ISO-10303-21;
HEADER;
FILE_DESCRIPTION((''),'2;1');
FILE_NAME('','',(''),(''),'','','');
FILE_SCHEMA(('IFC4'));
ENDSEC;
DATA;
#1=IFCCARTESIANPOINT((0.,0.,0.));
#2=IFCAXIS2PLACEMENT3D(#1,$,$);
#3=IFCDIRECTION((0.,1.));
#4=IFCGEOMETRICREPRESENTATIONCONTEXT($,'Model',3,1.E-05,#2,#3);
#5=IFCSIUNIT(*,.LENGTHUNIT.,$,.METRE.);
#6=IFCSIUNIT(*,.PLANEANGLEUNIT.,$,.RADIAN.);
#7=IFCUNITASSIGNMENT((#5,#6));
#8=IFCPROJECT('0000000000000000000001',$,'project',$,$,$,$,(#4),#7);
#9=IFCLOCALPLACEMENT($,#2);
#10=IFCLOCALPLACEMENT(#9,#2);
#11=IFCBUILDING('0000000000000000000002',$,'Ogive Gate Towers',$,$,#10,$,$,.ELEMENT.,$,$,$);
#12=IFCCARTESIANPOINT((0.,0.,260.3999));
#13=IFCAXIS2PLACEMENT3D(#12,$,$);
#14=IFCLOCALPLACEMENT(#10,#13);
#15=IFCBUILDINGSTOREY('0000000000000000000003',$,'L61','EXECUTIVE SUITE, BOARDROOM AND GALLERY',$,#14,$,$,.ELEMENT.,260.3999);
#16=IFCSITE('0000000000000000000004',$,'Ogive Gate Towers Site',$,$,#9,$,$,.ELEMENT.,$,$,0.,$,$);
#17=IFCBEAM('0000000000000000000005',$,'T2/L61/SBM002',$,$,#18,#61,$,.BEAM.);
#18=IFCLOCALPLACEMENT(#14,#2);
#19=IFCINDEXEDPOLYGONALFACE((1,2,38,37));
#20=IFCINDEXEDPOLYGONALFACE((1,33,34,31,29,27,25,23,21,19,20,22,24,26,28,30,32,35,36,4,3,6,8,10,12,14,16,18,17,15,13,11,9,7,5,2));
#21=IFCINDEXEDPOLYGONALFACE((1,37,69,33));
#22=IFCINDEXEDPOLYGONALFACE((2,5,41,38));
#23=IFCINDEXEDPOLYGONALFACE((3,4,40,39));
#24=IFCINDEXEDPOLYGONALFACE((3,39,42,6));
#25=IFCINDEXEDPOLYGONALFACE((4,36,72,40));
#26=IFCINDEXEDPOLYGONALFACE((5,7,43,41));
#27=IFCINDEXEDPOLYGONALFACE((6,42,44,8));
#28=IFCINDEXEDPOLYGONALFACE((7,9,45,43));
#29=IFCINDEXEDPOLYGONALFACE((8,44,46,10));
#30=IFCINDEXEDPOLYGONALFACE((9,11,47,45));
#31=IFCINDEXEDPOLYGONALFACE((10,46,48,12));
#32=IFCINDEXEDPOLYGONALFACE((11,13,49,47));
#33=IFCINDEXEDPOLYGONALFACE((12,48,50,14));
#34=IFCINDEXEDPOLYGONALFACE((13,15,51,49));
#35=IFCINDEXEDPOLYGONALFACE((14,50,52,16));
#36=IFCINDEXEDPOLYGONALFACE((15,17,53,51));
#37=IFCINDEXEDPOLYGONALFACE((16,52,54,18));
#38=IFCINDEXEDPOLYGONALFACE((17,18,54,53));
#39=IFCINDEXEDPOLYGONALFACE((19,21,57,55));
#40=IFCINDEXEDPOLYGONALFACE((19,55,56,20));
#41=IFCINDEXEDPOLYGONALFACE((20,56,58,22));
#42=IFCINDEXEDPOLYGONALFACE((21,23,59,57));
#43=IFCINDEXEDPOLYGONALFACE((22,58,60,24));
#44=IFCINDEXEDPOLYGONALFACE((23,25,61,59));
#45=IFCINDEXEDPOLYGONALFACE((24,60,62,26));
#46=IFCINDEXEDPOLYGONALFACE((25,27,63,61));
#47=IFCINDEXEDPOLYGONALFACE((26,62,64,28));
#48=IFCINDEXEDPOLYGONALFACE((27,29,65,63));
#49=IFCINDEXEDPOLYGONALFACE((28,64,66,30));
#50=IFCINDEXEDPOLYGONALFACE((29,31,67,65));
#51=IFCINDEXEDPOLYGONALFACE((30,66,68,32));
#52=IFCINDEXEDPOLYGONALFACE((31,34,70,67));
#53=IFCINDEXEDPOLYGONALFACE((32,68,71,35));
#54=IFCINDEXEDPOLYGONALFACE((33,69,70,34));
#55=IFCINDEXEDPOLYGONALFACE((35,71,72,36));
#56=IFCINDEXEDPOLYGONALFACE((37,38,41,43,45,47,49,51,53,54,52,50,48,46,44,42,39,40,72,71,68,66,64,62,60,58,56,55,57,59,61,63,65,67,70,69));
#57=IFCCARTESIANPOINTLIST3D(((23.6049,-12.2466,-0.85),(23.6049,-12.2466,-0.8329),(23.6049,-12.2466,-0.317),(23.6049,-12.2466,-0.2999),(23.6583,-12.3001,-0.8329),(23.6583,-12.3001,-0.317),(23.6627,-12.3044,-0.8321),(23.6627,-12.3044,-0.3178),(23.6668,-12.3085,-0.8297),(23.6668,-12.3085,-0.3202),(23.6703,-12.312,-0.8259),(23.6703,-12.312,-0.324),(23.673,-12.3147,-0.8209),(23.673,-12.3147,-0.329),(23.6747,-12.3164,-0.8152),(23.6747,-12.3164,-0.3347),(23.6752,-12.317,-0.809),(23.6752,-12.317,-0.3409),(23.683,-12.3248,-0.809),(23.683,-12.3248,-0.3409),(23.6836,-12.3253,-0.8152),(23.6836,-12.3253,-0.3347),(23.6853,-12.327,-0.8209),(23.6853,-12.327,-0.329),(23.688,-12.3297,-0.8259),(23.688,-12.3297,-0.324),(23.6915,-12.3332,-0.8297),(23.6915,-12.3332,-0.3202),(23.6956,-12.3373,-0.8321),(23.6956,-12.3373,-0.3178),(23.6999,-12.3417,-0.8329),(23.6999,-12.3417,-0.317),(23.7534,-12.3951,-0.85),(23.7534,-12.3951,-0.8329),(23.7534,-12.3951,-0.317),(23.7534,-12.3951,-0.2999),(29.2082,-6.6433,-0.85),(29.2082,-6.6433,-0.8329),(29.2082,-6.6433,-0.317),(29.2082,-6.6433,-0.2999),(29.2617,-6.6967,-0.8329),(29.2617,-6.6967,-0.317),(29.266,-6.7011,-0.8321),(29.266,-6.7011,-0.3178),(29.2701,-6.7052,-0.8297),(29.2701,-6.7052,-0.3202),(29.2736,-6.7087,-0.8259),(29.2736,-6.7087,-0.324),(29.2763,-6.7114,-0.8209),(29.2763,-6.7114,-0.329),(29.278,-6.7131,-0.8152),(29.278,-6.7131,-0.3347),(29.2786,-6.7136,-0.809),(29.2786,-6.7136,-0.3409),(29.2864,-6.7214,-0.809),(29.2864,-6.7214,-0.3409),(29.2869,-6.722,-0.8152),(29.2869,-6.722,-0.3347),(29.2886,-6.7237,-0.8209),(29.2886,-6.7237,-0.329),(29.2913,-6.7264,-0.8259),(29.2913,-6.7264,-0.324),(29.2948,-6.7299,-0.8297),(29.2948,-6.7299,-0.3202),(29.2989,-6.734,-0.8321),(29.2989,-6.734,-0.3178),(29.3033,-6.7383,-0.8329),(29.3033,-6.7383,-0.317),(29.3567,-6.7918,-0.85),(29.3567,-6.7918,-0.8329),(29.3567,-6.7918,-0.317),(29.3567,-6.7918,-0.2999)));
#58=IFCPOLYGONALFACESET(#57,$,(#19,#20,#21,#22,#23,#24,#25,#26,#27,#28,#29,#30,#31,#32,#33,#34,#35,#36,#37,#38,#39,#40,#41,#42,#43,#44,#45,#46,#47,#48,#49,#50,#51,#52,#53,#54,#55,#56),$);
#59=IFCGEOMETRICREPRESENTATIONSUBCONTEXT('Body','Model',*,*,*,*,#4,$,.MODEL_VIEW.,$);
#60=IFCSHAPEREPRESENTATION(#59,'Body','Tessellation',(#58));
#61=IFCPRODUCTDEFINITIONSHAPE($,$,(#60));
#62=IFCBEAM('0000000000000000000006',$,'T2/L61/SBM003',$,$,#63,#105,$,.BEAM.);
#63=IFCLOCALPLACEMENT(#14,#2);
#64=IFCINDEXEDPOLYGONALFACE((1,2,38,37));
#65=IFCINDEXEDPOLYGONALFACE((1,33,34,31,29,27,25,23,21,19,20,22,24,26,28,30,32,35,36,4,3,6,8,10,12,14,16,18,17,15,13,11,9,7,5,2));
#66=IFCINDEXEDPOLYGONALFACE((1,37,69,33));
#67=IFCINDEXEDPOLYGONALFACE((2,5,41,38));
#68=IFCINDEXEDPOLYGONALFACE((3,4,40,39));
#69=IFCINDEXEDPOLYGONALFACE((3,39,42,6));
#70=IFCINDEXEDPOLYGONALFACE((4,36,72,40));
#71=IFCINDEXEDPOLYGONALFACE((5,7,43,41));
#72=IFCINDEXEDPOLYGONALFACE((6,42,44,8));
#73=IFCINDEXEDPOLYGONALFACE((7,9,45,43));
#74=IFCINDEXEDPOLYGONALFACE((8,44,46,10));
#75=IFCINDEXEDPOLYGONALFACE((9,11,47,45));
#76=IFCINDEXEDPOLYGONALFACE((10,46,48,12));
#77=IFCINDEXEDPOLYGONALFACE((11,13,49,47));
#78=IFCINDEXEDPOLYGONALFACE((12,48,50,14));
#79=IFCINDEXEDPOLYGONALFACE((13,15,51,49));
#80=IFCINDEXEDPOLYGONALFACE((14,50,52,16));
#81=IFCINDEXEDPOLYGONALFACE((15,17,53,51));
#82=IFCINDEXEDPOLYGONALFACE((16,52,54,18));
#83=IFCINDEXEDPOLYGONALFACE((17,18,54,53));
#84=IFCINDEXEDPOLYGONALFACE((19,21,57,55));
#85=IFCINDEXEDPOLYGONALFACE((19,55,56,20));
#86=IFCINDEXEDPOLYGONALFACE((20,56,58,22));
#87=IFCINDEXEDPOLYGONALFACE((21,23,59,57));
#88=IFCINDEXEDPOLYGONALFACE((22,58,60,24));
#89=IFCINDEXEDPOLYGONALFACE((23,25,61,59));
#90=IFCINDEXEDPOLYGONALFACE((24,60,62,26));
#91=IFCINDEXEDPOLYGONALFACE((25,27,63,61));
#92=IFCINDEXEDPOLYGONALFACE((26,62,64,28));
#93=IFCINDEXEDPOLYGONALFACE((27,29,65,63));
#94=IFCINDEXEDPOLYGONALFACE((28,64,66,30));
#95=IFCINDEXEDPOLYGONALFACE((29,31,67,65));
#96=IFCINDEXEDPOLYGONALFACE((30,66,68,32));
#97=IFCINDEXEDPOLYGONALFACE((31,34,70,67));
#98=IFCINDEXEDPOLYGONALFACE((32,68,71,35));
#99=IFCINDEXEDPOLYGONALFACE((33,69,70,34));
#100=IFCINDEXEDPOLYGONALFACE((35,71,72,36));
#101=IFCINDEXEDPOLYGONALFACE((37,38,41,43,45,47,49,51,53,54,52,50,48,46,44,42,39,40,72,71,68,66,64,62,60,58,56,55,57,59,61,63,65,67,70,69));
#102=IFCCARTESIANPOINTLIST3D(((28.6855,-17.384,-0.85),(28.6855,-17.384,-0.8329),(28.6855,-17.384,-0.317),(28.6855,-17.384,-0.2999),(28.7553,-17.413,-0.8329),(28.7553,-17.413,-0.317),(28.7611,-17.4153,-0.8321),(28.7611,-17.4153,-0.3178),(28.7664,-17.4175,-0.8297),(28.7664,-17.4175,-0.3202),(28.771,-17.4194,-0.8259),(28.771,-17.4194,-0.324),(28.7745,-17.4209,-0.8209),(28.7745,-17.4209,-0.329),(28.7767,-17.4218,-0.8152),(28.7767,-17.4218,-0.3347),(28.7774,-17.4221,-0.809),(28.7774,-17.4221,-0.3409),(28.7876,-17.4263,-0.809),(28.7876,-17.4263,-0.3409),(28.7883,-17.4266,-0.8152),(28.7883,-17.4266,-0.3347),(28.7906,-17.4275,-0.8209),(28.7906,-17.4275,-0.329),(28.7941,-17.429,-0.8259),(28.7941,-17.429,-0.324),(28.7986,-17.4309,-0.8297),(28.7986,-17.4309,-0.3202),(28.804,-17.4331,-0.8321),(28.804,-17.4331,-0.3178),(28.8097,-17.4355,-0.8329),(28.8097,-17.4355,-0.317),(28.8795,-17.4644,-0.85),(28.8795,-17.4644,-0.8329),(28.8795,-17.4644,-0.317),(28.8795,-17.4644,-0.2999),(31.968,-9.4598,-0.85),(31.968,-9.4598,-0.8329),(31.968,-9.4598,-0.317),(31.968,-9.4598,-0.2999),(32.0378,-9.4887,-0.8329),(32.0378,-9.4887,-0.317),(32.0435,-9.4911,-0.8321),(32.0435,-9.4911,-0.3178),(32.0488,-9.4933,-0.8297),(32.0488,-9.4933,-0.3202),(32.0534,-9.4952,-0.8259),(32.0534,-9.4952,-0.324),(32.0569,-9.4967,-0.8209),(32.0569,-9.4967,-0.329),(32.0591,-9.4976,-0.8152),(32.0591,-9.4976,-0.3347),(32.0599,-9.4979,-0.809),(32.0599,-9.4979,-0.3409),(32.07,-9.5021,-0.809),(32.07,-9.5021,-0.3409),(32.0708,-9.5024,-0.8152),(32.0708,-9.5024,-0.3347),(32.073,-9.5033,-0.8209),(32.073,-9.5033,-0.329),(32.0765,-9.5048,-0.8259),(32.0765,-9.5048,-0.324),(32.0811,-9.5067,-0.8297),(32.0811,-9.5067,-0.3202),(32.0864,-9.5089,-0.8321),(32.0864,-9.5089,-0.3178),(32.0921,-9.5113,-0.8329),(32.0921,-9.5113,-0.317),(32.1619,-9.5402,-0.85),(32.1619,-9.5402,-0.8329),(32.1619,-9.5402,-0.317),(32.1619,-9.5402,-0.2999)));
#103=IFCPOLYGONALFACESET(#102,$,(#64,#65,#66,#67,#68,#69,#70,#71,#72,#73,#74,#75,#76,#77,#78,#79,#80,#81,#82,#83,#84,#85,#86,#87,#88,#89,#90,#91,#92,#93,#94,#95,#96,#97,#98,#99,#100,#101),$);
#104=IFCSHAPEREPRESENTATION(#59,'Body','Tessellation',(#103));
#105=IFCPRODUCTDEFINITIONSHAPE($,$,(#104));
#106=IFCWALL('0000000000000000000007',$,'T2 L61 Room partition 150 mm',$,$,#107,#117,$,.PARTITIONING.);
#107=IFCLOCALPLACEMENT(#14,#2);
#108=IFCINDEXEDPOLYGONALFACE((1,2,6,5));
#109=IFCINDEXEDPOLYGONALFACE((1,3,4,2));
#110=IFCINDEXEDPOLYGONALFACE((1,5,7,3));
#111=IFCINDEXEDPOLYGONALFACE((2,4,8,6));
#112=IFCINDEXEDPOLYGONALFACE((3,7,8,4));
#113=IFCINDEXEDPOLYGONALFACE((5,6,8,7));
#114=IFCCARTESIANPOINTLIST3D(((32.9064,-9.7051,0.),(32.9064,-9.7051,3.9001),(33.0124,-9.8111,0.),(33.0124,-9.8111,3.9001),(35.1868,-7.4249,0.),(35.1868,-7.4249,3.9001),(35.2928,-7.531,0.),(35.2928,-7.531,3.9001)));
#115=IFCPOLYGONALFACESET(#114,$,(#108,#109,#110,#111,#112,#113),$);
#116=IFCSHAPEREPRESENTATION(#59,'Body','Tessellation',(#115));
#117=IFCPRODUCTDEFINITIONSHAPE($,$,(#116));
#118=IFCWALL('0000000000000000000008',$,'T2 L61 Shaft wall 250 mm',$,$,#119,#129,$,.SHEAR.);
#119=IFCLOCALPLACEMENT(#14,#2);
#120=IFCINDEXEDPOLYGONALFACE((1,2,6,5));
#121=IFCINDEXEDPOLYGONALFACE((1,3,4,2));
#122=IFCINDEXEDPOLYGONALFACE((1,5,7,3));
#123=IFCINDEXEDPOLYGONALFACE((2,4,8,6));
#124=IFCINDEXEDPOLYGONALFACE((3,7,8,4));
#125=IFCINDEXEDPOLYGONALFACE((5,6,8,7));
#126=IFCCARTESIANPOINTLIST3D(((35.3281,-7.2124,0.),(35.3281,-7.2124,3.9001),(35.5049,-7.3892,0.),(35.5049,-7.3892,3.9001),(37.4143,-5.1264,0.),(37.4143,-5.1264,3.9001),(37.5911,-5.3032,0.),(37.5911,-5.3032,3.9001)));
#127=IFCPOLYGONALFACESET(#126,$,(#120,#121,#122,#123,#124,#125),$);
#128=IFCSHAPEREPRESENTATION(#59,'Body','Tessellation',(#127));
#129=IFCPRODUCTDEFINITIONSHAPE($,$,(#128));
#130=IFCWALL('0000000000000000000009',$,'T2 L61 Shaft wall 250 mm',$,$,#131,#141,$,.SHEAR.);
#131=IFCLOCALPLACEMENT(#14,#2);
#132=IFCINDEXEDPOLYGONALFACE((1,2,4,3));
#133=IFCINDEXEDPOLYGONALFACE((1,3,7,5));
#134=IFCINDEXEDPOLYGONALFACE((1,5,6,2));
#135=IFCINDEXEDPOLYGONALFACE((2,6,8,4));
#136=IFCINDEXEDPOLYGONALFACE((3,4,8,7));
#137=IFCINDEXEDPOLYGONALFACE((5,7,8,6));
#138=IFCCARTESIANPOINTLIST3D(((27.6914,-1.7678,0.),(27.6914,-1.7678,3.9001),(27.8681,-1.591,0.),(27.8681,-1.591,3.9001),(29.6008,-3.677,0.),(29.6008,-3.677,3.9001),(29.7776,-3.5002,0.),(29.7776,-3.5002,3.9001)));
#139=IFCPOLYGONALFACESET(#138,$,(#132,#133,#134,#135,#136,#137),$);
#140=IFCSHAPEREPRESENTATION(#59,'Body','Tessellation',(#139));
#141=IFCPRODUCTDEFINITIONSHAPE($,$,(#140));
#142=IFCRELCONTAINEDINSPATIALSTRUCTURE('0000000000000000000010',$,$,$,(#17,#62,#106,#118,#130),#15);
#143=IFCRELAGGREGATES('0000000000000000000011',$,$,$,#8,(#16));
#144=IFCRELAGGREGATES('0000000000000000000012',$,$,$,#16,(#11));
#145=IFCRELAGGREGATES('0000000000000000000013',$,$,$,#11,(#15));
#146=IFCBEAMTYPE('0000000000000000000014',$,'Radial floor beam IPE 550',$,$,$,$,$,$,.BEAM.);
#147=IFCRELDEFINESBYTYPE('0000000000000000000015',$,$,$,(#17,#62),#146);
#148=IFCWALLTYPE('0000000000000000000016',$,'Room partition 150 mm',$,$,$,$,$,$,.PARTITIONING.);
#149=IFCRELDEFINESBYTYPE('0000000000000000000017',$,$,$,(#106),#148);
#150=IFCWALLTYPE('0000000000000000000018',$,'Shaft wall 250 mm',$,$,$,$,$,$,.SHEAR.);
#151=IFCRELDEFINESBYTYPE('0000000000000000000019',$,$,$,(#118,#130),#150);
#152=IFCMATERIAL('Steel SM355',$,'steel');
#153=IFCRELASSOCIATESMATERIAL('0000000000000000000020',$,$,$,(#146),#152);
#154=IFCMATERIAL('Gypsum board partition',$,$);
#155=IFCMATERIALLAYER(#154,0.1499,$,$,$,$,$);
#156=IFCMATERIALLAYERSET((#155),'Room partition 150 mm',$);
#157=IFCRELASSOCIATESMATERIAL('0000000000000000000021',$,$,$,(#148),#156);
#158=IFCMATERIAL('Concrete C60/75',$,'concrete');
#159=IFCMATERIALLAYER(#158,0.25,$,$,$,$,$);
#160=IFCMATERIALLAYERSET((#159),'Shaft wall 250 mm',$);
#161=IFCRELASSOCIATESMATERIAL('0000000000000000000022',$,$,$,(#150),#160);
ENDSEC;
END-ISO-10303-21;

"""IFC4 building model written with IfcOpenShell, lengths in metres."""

from ifc_helpers import new_model, si_unit, direction, frame, frame_2d, origin, origin_2d, place, context, subcontext, project, spatial, rectangle, i_section, extrude, material, layer, layer_set, material_profile, profile_set, type_object, element, save


model = new_model("IFC4")

# Units and contexts
model_context = context("Model", 3, precision=1e-05, world=origin(), true_north=direction((0.0, 1.0)))
body_context = subcontext(model_context, "Body", "Model", "MODEL_VIEW")
ifc_project = project(units=[si_unit("LENGTHUNIT", "METRE"), si_unit("PLANEANGLEUNIT", "RADIAN")], contexts=[model_context])

# Site, building, storey
site_placement = place(None, origin())
site = spatial("IfcSite", under=ifc_project, at=site_placement, Name="Ogive Gate Towers Site", CompositionType="ELEMENT", RefElevation=0.0)
building_placement = place(site_placement, origin())
building = spatial("IfcBuilding", under=site, at=building_placement, Name="Ogive Gate Towers", CompositionType="ELEMENT")
storey_placement = place(building_placement, frame((0.0, 0.0, 260.3999)))
storey = spatial("IfcBuildingStorey", under=building, at=storey_placement, Name="L61", Description="EXECUTIVE SUITE, BOARDROOM AND GALLERY", CompositionType="ELEMENT", Elevation=260.3999)

# Beams
ifc_material_1 = material(Name="Steel SM355", Category="steel")
ifc_material_profile = material_profile(ifc_material_1, i_section(OverallWidth=0.21, OverallDepth=0.55, WebThickness=0.011, FlangeThickness=0.0171, FilletRadius=0.0239, at=origin_2d()), Name="IPE 550")
ifc_profile_set = profile_set([ifc_material_profile], Name="Steel SM355")
beam_type = type_object("IfcBeamType", Name="Radial floor beam IPE 550", PredefinedType="BEAM", material=ifc_profile_set)
beam_1_placement = place(storey_placement, frame((29.2825, -6.7175, -0.575), z_axis=(-0.707107, -0.707107, 0.0), x_axis=(0.707107, -0.707107, 0.0)))
element("IfcBeam", 1, at=beam_1_placement, inside=storey, type_object=beam_type, Name="T2/L61/SBM002", PredefinedType="BEAM", context=body_context, shape_type="SweptSolid", body=[
    extrude(i_section(OverallWidth=0.21, OverallDepth=0.55, WebThickness=0.011, FlangeThickness=0.0171, FilletRadius=0.0239, at=origin_2d()), origin(), (0.0, 0.0, 1.0), 7.9243),
])
beam_2_placement = place(storey_placement, frame((32.0649, -9.5, -0.575), z_axis=(-0.382695, -0.923875, 0.0), x_axis=(0.923875, -0.382695, 0.0)))
element("IfcBeam", 2, at=beam_2_placement, inside=storey, type_object=beam_type, Name="T2/L61/SBM003", PredefinedType="BEAM", context=body_context, shape_type="SweptSolid", body=[
    extrude(i_section(OverallWidth=0.21, OverallDepth=0.55, WebThickness=0.011, FlangeThickness=0.0171, FilletRadius=0.0239, at=origin_2d()), origin(), (0.0, 0.0, 1.0), 8.5771),
])

# Walls
ifc_material_2 = material(Name="Gypsum board partition")
ifc_layer_1 = layer(ifc_material_2, 0.1499)
ifc_layer_set_1 = layer_set([ifc_layer_1], Name="Room partition 150 mm")
wall_type_1 = type_object("IfcWallType", Name="Room partition 150 mm", PredefinedType="PARTITIONING", material=ifc_layer_set_1)
wall_1_placement = place(storey_placement, frame((32.9595, -9.7581, 0.0), z_axis=(0.0, 0.0, 1.0), x_axis=(0.707145, 0.707069, 0.0)))
element("IfcWall", 3, at=wall_1_placement, inside=storey, type_object=wall_type_1, Name="T2 L61 Room partition 150 mm", PredefinedType="PARTITIONING", context=body_context, shape_type="SweptSolid", body=[
    extrude(rectangle(XDim=3.2249, YDim=0.1499, at=frame_2d((1.6123, 0.0))), origin(), (0.0, 0.0, 1.0), 3.9001),
])
ifc_material_3 = material(Name="Concrete C60/75", Category="concrete")
ifc_layer_2 = layer(ifc_material_3, 0.25)
ifc_layer_set_2 = layer_set([ifc_layer_2], Name="Shaft wall 250 mm")
wall_type_2 = type_object("IfcWallType", Name="Shaft wall 250 mm", PredefinedType="SHEAR", material=ifc_layer_set_2)
wall_2_placement = place(storey_placement, frame((35.4165, -7.3008, 0.0), z_axis=(0.0, 0.0, 1.0), x_axis=(0.707148, 0.707065, 0.0)))
element("IfcWall", 4, at=wall_2_placement, inside=storey, type_object=wall_type_2, Name="T2 L61 Shaft wall 250 mm", PredefinedType="SHEAR", context=body_context, shape_type="SweptSolid", body=[
    extrude(rectangle(XDim=2.9502, YDim=0.25, at=frame_2d((1.4751, 0.0))), origin(), (0.0, 0.0, 1.0), 3.9001),
])
wall_3_placement = place(storey_placement, frame((29.6892, -3.5886, 0.0), z_axis=(0.0, 0.0, 1.0), x_axis=(-0.707152, 0.707062, 0.0)))
element("IfcWall", 5, at=wall_3_placement, inside=storey, type_object=wall_type_2, Name="T2 L61 Shaft wall 250 mm", PredefinedType="SHEAR", context=body_context, shape_type="SweptSolid", body=[
    extrude(rectangle(XDim=2.7002, YDim=0.25, at=frame_2d((1.3501, 0.0))), origin(), (0.0, 0.0, 1.0), 3.9001),
])

save(model, "model.ifc")
